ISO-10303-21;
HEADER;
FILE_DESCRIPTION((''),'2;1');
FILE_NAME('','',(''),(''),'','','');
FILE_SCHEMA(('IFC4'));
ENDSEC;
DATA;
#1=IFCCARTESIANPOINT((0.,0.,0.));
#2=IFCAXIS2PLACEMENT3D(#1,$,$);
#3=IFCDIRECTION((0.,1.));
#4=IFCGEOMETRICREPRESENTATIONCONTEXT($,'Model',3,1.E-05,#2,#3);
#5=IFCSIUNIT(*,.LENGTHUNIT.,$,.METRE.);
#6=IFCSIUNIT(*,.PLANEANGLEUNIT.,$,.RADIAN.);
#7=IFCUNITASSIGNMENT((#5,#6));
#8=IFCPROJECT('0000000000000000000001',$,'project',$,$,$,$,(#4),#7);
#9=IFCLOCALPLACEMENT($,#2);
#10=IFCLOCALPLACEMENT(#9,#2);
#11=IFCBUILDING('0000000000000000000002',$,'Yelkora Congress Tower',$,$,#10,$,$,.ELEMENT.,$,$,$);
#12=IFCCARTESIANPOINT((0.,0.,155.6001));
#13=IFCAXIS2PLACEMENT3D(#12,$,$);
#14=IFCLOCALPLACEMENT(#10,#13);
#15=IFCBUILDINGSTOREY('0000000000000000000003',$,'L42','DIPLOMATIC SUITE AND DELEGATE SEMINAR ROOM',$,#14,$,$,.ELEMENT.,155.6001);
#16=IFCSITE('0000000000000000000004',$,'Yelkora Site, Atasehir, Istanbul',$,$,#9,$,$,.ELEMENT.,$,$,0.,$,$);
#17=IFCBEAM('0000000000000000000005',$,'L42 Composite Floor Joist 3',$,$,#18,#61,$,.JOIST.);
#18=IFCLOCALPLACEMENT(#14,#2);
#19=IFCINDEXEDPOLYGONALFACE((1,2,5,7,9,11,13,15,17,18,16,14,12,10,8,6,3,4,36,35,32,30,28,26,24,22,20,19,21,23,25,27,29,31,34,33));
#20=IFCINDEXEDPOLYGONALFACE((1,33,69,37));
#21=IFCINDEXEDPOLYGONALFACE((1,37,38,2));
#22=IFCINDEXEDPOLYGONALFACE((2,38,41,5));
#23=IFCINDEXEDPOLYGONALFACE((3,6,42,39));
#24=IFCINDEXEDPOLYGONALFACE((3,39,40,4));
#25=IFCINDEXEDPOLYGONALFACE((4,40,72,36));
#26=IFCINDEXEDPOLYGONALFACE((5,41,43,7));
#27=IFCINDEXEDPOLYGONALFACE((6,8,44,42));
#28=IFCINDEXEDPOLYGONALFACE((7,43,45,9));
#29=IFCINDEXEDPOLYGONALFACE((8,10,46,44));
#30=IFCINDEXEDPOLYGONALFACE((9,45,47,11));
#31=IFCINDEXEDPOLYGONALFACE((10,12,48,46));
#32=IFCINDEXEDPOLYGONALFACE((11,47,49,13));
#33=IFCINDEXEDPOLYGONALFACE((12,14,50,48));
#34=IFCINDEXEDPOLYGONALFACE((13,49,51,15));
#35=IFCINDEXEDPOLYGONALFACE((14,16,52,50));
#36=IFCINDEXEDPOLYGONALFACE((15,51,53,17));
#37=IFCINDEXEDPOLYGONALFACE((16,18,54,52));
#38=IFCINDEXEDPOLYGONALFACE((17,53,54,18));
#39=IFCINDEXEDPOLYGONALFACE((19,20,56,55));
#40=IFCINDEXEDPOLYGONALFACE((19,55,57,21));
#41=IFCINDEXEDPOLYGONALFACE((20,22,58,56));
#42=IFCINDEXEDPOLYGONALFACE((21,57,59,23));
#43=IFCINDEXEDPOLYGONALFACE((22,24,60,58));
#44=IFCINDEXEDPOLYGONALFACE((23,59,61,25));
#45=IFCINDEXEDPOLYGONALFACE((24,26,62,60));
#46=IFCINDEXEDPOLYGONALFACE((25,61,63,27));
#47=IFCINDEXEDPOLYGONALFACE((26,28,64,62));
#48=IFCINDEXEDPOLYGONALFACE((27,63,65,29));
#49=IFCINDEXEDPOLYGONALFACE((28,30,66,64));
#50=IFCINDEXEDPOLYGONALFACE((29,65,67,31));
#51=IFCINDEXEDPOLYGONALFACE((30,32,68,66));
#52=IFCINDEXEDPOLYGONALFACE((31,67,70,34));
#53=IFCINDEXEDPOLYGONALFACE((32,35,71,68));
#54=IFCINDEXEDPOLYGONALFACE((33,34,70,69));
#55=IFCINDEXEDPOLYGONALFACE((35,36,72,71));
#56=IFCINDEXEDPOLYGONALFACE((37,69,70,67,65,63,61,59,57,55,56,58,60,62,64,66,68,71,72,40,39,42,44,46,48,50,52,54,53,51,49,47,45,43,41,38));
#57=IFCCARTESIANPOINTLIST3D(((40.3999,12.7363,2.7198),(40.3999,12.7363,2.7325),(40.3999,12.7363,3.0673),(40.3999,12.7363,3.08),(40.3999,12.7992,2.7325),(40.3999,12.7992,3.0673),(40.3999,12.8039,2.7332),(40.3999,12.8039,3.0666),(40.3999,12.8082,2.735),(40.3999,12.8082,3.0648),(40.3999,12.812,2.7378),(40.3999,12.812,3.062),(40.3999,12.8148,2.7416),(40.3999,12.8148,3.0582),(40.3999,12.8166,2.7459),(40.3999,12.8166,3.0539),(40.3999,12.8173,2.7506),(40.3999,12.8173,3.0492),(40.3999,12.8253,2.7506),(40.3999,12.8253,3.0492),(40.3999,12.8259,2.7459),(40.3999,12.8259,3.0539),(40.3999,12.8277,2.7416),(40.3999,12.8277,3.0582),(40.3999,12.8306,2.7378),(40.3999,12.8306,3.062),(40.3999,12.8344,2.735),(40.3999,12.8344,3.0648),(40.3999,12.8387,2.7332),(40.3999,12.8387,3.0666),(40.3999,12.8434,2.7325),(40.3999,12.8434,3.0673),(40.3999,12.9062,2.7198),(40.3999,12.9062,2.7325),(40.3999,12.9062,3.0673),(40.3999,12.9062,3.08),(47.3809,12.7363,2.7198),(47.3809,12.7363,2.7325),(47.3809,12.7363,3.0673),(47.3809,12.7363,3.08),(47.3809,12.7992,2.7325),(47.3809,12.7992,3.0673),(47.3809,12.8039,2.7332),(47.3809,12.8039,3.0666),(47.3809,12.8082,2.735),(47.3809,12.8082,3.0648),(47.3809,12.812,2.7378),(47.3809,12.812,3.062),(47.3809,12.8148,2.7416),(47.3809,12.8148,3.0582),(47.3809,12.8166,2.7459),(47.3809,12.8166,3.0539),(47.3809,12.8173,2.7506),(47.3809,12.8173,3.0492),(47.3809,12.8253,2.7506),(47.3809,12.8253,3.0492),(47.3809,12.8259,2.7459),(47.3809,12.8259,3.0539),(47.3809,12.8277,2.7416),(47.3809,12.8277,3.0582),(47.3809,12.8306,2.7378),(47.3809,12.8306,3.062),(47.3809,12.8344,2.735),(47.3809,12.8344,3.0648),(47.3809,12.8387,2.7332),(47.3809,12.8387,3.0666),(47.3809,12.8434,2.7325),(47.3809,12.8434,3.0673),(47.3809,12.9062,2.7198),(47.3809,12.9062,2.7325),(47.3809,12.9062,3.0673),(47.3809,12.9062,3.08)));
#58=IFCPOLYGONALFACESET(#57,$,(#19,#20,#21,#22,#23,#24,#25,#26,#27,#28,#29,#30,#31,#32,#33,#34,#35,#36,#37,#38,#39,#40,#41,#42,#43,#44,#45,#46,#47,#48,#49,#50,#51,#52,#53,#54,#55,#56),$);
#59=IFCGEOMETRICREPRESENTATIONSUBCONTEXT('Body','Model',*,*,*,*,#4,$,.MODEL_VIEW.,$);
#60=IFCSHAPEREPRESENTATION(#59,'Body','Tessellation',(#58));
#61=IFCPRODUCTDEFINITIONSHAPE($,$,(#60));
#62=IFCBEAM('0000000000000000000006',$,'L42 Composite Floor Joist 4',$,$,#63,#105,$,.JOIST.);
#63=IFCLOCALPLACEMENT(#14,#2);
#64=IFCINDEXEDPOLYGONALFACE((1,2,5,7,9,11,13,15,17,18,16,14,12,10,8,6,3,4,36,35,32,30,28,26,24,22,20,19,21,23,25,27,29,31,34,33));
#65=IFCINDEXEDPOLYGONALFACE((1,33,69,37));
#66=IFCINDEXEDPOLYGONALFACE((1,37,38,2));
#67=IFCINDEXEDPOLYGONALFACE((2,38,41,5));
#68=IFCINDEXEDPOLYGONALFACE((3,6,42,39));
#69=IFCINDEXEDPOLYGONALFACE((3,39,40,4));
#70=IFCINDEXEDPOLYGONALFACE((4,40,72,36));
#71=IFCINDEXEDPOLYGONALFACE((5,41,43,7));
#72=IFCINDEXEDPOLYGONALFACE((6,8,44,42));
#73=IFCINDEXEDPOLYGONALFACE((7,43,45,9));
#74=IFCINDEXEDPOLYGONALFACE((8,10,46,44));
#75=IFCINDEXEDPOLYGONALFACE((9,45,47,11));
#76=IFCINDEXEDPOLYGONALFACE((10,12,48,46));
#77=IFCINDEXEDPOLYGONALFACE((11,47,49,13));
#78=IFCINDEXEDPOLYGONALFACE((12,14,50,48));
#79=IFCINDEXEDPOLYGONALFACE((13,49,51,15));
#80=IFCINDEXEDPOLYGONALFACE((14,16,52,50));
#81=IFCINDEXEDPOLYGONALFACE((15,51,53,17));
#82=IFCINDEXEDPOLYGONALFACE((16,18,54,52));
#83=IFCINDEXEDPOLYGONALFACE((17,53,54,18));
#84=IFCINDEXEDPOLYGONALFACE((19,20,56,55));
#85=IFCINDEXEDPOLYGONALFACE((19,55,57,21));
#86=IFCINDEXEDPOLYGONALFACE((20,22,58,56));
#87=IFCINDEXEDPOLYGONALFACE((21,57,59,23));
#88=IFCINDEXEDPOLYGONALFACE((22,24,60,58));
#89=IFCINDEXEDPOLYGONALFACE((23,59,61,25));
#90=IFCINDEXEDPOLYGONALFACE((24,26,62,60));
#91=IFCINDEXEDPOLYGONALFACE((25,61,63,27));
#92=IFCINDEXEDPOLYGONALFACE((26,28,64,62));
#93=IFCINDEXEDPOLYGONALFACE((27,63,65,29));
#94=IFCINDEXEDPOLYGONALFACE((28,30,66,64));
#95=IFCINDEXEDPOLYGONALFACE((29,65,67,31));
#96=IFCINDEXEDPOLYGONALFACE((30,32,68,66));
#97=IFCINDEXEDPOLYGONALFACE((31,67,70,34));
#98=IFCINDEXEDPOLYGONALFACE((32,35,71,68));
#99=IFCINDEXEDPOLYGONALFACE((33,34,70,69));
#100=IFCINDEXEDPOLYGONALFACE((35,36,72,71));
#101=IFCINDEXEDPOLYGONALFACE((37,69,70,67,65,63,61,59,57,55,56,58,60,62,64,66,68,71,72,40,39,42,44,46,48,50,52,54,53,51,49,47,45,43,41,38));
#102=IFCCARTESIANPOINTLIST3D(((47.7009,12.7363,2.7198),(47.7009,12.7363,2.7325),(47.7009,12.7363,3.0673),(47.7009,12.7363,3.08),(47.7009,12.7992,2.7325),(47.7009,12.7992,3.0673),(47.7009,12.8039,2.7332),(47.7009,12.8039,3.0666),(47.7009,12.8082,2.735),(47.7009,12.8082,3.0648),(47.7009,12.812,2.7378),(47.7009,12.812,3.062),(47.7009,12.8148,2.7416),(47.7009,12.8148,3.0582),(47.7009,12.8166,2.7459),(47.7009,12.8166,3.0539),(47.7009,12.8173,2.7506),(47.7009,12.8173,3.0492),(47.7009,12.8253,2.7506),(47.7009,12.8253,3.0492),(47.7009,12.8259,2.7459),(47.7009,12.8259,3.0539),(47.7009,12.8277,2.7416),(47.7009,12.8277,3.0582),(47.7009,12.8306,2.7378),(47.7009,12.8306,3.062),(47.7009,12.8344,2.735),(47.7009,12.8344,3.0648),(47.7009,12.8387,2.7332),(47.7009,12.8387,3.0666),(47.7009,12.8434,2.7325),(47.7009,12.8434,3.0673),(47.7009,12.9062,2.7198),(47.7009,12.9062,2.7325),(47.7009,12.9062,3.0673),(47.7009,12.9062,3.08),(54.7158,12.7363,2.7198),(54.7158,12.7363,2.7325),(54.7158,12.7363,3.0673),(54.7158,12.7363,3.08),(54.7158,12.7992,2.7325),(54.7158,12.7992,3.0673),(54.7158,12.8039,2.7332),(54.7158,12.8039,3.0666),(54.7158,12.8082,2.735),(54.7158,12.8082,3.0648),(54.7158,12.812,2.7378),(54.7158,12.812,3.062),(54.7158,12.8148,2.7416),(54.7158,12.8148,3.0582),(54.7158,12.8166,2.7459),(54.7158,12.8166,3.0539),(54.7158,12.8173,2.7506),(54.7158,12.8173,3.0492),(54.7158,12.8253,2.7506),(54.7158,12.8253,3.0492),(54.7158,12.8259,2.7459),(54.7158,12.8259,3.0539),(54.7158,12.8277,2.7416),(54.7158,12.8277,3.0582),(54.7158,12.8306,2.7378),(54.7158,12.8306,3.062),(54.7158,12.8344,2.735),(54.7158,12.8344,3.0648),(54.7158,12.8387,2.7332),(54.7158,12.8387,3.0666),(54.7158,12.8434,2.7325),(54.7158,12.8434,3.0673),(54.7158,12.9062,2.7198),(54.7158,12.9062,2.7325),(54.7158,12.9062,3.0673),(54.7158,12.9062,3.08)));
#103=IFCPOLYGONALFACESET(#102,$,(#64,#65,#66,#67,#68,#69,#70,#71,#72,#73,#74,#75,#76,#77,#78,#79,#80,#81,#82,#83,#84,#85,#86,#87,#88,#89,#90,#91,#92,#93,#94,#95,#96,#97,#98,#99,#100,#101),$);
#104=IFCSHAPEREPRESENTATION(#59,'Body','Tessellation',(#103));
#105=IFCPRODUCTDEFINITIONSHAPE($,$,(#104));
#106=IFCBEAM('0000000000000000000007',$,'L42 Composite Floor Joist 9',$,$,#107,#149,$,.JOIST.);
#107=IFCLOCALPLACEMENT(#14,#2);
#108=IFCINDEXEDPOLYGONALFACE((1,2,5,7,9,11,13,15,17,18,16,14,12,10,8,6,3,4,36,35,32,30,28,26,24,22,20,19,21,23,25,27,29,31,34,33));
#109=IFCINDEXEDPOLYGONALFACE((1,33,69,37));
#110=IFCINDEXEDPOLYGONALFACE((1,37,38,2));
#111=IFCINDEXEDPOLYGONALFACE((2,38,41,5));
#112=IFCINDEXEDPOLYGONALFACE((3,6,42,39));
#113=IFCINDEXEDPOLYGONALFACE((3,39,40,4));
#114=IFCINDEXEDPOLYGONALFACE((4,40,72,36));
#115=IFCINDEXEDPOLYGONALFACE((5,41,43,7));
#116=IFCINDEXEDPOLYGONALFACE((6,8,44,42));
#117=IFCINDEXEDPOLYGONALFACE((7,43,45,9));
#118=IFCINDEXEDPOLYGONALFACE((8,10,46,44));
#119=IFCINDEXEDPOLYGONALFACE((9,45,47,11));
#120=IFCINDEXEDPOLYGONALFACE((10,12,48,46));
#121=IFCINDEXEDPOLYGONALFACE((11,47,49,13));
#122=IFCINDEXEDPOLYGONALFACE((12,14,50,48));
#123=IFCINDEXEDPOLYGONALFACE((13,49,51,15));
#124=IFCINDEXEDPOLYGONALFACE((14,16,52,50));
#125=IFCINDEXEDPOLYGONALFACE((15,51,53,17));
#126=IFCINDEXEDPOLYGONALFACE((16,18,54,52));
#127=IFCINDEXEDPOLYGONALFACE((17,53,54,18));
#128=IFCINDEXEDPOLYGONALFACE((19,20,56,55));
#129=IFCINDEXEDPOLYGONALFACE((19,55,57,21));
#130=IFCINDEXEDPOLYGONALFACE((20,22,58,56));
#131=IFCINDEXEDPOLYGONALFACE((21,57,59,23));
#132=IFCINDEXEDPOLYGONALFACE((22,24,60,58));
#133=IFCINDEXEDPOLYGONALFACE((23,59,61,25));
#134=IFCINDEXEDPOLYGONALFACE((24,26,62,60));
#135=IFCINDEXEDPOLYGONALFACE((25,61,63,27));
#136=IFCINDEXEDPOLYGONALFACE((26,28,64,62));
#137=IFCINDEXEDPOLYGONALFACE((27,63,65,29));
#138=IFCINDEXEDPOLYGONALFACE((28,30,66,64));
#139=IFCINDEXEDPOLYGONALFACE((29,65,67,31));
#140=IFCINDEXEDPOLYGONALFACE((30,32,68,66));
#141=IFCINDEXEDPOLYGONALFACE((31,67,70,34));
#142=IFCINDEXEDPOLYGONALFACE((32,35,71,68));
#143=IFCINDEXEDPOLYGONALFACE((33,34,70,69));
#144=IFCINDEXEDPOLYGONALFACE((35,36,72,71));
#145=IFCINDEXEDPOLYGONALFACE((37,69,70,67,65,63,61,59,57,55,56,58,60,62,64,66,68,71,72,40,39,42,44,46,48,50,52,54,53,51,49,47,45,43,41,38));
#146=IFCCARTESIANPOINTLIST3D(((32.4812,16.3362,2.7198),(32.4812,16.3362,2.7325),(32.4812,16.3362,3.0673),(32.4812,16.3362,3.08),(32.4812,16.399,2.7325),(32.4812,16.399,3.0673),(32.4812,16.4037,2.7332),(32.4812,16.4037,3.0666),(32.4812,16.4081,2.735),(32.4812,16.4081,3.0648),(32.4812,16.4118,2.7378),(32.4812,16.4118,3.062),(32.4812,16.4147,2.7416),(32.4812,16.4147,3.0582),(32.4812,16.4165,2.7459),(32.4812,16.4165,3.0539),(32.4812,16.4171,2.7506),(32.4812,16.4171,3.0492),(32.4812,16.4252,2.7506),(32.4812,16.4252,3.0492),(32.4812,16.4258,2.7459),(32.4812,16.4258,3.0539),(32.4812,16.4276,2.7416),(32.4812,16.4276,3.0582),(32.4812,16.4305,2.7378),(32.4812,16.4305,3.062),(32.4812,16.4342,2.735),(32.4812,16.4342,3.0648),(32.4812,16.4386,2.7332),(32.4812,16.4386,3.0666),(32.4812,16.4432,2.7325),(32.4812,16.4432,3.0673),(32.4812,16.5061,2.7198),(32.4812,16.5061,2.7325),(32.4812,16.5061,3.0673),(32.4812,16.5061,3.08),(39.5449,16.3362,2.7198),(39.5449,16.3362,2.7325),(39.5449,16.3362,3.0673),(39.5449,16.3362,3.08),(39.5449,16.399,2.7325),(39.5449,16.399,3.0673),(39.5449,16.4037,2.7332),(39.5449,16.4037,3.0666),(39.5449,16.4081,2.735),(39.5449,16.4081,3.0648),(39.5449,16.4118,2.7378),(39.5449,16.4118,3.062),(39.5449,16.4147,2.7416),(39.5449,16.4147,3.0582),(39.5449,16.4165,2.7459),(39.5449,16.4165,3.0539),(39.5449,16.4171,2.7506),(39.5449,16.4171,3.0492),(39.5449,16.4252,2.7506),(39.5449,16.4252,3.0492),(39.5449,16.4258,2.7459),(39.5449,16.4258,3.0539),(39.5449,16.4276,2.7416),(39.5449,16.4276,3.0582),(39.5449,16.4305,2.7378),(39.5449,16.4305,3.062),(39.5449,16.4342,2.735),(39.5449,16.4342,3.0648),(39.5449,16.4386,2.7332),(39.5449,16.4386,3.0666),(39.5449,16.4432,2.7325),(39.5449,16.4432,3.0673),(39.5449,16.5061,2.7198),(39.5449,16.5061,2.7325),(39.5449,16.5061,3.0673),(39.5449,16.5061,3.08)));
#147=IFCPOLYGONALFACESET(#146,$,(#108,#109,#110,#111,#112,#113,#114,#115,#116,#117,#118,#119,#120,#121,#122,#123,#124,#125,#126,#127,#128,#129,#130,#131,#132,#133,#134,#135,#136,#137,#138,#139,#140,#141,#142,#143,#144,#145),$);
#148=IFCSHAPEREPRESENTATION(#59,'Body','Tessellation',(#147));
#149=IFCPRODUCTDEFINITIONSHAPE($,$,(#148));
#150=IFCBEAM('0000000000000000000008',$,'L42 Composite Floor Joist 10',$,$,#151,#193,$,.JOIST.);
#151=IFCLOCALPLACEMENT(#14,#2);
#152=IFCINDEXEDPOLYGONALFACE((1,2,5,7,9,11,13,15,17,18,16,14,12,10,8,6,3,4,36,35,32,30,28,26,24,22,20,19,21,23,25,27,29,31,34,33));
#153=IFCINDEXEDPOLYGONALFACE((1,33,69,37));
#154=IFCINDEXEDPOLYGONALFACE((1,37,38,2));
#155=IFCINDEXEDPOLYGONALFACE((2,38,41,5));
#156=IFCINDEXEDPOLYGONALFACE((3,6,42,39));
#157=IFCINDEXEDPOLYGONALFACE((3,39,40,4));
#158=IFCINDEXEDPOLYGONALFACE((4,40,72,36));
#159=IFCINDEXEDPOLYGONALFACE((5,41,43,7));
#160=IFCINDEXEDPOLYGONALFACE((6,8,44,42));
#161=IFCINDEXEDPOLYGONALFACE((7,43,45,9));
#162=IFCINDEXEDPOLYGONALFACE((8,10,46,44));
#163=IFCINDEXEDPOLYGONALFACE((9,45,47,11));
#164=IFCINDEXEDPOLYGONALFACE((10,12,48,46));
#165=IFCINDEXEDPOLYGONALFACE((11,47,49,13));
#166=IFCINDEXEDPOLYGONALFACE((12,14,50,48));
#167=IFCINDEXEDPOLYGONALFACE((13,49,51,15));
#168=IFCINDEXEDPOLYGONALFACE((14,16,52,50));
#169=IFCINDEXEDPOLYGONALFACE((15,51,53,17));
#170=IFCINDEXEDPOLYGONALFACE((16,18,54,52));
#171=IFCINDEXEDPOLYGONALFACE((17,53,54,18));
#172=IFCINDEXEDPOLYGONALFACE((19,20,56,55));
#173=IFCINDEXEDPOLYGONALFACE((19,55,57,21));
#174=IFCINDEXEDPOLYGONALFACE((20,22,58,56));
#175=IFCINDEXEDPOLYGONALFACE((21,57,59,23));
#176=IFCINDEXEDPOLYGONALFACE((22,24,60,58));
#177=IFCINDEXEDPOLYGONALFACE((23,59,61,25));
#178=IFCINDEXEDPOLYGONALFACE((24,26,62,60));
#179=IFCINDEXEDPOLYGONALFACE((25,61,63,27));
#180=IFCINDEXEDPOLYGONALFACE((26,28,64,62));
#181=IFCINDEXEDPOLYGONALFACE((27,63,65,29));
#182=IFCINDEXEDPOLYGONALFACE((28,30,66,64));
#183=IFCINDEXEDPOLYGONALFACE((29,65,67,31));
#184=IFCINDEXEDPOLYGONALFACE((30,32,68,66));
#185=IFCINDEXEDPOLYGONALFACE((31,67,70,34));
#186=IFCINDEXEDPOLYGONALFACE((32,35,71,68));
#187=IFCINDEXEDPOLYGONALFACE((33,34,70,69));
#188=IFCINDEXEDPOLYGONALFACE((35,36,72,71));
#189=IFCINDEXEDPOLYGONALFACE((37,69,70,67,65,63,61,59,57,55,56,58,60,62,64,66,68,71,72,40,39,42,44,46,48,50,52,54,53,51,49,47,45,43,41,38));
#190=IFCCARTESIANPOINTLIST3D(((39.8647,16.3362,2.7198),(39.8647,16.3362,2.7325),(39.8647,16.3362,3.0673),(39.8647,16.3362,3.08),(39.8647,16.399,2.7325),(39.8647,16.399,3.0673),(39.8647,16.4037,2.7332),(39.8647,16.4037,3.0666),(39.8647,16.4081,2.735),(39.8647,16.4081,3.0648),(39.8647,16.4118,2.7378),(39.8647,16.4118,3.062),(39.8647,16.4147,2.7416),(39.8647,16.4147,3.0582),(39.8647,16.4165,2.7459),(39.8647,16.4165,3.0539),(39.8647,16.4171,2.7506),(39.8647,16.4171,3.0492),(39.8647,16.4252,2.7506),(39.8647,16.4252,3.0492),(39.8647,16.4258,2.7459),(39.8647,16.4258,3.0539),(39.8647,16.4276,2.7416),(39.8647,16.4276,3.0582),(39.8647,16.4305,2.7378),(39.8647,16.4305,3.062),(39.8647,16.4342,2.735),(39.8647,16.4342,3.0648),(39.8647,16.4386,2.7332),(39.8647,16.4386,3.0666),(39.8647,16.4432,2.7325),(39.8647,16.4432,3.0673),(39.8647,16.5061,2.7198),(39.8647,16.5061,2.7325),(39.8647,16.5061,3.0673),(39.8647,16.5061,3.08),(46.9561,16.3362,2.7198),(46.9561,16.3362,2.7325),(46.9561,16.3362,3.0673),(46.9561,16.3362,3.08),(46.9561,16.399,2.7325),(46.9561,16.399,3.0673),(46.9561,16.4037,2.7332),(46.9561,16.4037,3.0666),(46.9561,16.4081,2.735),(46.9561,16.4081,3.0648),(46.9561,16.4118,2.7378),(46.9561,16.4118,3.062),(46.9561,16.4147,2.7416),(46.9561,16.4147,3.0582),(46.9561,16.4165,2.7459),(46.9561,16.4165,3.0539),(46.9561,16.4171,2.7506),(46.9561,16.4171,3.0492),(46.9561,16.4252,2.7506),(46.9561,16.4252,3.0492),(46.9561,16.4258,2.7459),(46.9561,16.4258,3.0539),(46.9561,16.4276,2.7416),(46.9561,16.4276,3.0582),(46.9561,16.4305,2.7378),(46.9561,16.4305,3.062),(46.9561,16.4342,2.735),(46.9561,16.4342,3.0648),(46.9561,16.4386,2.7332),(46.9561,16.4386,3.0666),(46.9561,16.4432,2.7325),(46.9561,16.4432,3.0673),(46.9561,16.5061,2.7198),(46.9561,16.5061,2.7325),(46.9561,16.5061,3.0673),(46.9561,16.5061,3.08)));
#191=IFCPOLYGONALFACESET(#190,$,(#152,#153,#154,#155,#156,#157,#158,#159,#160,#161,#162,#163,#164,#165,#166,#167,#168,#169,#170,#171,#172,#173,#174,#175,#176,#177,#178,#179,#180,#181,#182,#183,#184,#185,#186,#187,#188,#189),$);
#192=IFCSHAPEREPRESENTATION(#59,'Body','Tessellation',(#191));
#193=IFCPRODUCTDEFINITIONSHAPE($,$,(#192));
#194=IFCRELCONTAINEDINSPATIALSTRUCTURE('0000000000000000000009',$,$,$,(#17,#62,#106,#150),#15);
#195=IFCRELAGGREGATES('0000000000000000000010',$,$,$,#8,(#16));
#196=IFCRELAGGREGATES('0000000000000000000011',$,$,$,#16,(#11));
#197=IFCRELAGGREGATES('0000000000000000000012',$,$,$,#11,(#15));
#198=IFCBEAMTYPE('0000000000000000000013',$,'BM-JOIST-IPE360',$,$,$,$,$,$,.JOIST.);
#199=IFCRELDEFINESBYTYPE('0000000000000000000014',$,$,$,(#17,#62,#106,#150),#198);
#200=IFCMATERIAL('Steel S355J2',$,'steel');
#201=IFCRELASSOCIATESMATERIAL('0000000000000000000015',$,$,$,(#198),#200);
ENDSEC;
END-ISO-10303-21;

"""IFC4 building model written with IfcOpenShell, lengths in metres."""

from ifc_helpers import new_model, si_unit, direction, frame, origin, origin_2d, place, context, subcontext, project, spatial, i_section, extrude, material, material_profile, profile_set, type_object, element, save


model = new_model("IFC4")

# Units and contexts
model_context = context("Model", 3, precision=1e-05, world=origin(), true_north=direction((0.0, 1.0)))
body_context = subcontext(model_context, "Body", "Model", "MODEL_VIEW")
ifc_project = project(units=[si_unit("LENGTHUNIT", "METRE"), si_unit("PLANEANGLEUNIT", "RADIAN")], contexts=[model_context])

# Site, building, storey
site_placement = place(None, origin())
site = spatial("IfcSite", under=ifc_project, at=site_placement, Name="Yelkora Site, Atasehir, Istanbul", CompositionType="ELEMENT", RefElevation=0.0)
building_placement = place(site_placement, origin())
building = spatial("IfcBuilding", under=site, at=building_placement, Name="Yelkora Congress Tower", CompositionType="ELEMENT")
storey_placement = place(building_placement, frame((0.0, 0.0, 155.6001)))
storey = spatial("IfcBuildingStorey", under=building, at=storey_placement, Name="L42", Description="DIPLOMATIC SUITE AND DELEGATE SEMINAR ROOM", CompositionType="ELEMENT", Elevation=155.6001)

# Beams
ifc_material_1 = material(Name="Steel S355J2", Category="steel")
ifc_material_profile_1 = material_profile(ifc_material_1, i_section(OverallWidth=0.1699, OverallDepth=0.3601, WebThickness=0.0081, FlangeThickness=0.0127, FilletRadius=0.0181, at=origin_2d()), Name="IPE 360")
ifc_profile_set_1 = profile_set([ifc_material_profile_1], Name="Steel S355J2")
beam_type_1 = type_object("IfcBeamType", Name="BM-JOIST-IPE360", PredefinedType="JOIST", material=ifc_profile_set_1)
beam_1_placement = place(storey_placement, frame((40.3999, 12.8213, 2.8999), z_axis=(1.0, 0.0, 0.0), x_axis=(0.0, 1.0, 0.0)))
element("IfcBeam", 1, at=beam_1_placement, inside=storey, type_object=beam_type_1, Name="L42 Composite Floor Joist 3", PredefinedType="JOIST", context=body_context, shape_type="SweptSolid", body=[
    extrude(i_section(OverallWidth=0.1699, OverallDepth=0.3601, WebThickness=0.0081, FlangeThickness=0.0127, FilletRadius=0.0181, at=origin_2d()), origin(), (0.0, 0.0, 1.0), 6.981),
])
beam_2_placement = place(storey_placement, frame((47.7009, 12.8213, 2.8999), z_axis=(1.0, 0.0, 0.0), x_axis=(0.0, 1.0, 0.0)))
element("IfcBeam", 2, at=beam_2_placement, inside=storey, type_object=beam_type_1, Name="L42 Composite Floor Joist 4", PredefinedType="JOIST", context=body_context, shape_type="SweptSolid", body=[
    extrude(i_section(OverallWidth=0.1699, OverallDepth=0.3601, WebThickness=0.0081, FlangeThickness=0.0127, FilletRadius=0.0181, at=origin_2d()), origin(), (0.0, 0.0, 1.0), 7.0149),
])
beam_3_placement = place(storey_placement, frame((32.4812, 16.4211, 2.8999), z_axis=(1.0, 0.0, 0.0), x_axis=(0.0, 1.0, 0.0)))
element("IfcBeam", 3, at=beam_3_placement, inside=storey, type_object=beam_type_1, Name="L42 Composite Floor Joist 9", PredefinedType="JOIST", context=body_context, shape_type="SweptSolid", body=[
    extrude(i_section(OverallWidth=0.1699, OverallDepth=0.3601, WebThickness=0.0081, FlangeThickness=0.0127, FilletRadius=0.0181, at=origin_2d()), origin(), (0.0, 0.0, 1.0), 7.0637),
])
beam_4_placement = place(storey_placement, frame((39.8647, 16.4211, 2.8999), z_axis=(1.0, 0.0, 0.0), x_axis=(0.0, 1.0, 0.0)))
element("IfcBeam", 4, at=beam_4_placement, inside=storey, type_object=beam_type_1, Name="L42 Composite Floor Joist 10", PredefinedType="JOIST", context=body_context, shape_type="SweptSolid", body=[
    extrude(i_section(OverallWidth=0.1699, OverallDepth=0.3601, WebThickness=0.0081, FlangeThickness=0.0127, FilletRadius=0.0181, at=origin_2d()), origin(), (0.0, 0.0, 1.0), 7.0913),
])

save(model, "model.ifc")
